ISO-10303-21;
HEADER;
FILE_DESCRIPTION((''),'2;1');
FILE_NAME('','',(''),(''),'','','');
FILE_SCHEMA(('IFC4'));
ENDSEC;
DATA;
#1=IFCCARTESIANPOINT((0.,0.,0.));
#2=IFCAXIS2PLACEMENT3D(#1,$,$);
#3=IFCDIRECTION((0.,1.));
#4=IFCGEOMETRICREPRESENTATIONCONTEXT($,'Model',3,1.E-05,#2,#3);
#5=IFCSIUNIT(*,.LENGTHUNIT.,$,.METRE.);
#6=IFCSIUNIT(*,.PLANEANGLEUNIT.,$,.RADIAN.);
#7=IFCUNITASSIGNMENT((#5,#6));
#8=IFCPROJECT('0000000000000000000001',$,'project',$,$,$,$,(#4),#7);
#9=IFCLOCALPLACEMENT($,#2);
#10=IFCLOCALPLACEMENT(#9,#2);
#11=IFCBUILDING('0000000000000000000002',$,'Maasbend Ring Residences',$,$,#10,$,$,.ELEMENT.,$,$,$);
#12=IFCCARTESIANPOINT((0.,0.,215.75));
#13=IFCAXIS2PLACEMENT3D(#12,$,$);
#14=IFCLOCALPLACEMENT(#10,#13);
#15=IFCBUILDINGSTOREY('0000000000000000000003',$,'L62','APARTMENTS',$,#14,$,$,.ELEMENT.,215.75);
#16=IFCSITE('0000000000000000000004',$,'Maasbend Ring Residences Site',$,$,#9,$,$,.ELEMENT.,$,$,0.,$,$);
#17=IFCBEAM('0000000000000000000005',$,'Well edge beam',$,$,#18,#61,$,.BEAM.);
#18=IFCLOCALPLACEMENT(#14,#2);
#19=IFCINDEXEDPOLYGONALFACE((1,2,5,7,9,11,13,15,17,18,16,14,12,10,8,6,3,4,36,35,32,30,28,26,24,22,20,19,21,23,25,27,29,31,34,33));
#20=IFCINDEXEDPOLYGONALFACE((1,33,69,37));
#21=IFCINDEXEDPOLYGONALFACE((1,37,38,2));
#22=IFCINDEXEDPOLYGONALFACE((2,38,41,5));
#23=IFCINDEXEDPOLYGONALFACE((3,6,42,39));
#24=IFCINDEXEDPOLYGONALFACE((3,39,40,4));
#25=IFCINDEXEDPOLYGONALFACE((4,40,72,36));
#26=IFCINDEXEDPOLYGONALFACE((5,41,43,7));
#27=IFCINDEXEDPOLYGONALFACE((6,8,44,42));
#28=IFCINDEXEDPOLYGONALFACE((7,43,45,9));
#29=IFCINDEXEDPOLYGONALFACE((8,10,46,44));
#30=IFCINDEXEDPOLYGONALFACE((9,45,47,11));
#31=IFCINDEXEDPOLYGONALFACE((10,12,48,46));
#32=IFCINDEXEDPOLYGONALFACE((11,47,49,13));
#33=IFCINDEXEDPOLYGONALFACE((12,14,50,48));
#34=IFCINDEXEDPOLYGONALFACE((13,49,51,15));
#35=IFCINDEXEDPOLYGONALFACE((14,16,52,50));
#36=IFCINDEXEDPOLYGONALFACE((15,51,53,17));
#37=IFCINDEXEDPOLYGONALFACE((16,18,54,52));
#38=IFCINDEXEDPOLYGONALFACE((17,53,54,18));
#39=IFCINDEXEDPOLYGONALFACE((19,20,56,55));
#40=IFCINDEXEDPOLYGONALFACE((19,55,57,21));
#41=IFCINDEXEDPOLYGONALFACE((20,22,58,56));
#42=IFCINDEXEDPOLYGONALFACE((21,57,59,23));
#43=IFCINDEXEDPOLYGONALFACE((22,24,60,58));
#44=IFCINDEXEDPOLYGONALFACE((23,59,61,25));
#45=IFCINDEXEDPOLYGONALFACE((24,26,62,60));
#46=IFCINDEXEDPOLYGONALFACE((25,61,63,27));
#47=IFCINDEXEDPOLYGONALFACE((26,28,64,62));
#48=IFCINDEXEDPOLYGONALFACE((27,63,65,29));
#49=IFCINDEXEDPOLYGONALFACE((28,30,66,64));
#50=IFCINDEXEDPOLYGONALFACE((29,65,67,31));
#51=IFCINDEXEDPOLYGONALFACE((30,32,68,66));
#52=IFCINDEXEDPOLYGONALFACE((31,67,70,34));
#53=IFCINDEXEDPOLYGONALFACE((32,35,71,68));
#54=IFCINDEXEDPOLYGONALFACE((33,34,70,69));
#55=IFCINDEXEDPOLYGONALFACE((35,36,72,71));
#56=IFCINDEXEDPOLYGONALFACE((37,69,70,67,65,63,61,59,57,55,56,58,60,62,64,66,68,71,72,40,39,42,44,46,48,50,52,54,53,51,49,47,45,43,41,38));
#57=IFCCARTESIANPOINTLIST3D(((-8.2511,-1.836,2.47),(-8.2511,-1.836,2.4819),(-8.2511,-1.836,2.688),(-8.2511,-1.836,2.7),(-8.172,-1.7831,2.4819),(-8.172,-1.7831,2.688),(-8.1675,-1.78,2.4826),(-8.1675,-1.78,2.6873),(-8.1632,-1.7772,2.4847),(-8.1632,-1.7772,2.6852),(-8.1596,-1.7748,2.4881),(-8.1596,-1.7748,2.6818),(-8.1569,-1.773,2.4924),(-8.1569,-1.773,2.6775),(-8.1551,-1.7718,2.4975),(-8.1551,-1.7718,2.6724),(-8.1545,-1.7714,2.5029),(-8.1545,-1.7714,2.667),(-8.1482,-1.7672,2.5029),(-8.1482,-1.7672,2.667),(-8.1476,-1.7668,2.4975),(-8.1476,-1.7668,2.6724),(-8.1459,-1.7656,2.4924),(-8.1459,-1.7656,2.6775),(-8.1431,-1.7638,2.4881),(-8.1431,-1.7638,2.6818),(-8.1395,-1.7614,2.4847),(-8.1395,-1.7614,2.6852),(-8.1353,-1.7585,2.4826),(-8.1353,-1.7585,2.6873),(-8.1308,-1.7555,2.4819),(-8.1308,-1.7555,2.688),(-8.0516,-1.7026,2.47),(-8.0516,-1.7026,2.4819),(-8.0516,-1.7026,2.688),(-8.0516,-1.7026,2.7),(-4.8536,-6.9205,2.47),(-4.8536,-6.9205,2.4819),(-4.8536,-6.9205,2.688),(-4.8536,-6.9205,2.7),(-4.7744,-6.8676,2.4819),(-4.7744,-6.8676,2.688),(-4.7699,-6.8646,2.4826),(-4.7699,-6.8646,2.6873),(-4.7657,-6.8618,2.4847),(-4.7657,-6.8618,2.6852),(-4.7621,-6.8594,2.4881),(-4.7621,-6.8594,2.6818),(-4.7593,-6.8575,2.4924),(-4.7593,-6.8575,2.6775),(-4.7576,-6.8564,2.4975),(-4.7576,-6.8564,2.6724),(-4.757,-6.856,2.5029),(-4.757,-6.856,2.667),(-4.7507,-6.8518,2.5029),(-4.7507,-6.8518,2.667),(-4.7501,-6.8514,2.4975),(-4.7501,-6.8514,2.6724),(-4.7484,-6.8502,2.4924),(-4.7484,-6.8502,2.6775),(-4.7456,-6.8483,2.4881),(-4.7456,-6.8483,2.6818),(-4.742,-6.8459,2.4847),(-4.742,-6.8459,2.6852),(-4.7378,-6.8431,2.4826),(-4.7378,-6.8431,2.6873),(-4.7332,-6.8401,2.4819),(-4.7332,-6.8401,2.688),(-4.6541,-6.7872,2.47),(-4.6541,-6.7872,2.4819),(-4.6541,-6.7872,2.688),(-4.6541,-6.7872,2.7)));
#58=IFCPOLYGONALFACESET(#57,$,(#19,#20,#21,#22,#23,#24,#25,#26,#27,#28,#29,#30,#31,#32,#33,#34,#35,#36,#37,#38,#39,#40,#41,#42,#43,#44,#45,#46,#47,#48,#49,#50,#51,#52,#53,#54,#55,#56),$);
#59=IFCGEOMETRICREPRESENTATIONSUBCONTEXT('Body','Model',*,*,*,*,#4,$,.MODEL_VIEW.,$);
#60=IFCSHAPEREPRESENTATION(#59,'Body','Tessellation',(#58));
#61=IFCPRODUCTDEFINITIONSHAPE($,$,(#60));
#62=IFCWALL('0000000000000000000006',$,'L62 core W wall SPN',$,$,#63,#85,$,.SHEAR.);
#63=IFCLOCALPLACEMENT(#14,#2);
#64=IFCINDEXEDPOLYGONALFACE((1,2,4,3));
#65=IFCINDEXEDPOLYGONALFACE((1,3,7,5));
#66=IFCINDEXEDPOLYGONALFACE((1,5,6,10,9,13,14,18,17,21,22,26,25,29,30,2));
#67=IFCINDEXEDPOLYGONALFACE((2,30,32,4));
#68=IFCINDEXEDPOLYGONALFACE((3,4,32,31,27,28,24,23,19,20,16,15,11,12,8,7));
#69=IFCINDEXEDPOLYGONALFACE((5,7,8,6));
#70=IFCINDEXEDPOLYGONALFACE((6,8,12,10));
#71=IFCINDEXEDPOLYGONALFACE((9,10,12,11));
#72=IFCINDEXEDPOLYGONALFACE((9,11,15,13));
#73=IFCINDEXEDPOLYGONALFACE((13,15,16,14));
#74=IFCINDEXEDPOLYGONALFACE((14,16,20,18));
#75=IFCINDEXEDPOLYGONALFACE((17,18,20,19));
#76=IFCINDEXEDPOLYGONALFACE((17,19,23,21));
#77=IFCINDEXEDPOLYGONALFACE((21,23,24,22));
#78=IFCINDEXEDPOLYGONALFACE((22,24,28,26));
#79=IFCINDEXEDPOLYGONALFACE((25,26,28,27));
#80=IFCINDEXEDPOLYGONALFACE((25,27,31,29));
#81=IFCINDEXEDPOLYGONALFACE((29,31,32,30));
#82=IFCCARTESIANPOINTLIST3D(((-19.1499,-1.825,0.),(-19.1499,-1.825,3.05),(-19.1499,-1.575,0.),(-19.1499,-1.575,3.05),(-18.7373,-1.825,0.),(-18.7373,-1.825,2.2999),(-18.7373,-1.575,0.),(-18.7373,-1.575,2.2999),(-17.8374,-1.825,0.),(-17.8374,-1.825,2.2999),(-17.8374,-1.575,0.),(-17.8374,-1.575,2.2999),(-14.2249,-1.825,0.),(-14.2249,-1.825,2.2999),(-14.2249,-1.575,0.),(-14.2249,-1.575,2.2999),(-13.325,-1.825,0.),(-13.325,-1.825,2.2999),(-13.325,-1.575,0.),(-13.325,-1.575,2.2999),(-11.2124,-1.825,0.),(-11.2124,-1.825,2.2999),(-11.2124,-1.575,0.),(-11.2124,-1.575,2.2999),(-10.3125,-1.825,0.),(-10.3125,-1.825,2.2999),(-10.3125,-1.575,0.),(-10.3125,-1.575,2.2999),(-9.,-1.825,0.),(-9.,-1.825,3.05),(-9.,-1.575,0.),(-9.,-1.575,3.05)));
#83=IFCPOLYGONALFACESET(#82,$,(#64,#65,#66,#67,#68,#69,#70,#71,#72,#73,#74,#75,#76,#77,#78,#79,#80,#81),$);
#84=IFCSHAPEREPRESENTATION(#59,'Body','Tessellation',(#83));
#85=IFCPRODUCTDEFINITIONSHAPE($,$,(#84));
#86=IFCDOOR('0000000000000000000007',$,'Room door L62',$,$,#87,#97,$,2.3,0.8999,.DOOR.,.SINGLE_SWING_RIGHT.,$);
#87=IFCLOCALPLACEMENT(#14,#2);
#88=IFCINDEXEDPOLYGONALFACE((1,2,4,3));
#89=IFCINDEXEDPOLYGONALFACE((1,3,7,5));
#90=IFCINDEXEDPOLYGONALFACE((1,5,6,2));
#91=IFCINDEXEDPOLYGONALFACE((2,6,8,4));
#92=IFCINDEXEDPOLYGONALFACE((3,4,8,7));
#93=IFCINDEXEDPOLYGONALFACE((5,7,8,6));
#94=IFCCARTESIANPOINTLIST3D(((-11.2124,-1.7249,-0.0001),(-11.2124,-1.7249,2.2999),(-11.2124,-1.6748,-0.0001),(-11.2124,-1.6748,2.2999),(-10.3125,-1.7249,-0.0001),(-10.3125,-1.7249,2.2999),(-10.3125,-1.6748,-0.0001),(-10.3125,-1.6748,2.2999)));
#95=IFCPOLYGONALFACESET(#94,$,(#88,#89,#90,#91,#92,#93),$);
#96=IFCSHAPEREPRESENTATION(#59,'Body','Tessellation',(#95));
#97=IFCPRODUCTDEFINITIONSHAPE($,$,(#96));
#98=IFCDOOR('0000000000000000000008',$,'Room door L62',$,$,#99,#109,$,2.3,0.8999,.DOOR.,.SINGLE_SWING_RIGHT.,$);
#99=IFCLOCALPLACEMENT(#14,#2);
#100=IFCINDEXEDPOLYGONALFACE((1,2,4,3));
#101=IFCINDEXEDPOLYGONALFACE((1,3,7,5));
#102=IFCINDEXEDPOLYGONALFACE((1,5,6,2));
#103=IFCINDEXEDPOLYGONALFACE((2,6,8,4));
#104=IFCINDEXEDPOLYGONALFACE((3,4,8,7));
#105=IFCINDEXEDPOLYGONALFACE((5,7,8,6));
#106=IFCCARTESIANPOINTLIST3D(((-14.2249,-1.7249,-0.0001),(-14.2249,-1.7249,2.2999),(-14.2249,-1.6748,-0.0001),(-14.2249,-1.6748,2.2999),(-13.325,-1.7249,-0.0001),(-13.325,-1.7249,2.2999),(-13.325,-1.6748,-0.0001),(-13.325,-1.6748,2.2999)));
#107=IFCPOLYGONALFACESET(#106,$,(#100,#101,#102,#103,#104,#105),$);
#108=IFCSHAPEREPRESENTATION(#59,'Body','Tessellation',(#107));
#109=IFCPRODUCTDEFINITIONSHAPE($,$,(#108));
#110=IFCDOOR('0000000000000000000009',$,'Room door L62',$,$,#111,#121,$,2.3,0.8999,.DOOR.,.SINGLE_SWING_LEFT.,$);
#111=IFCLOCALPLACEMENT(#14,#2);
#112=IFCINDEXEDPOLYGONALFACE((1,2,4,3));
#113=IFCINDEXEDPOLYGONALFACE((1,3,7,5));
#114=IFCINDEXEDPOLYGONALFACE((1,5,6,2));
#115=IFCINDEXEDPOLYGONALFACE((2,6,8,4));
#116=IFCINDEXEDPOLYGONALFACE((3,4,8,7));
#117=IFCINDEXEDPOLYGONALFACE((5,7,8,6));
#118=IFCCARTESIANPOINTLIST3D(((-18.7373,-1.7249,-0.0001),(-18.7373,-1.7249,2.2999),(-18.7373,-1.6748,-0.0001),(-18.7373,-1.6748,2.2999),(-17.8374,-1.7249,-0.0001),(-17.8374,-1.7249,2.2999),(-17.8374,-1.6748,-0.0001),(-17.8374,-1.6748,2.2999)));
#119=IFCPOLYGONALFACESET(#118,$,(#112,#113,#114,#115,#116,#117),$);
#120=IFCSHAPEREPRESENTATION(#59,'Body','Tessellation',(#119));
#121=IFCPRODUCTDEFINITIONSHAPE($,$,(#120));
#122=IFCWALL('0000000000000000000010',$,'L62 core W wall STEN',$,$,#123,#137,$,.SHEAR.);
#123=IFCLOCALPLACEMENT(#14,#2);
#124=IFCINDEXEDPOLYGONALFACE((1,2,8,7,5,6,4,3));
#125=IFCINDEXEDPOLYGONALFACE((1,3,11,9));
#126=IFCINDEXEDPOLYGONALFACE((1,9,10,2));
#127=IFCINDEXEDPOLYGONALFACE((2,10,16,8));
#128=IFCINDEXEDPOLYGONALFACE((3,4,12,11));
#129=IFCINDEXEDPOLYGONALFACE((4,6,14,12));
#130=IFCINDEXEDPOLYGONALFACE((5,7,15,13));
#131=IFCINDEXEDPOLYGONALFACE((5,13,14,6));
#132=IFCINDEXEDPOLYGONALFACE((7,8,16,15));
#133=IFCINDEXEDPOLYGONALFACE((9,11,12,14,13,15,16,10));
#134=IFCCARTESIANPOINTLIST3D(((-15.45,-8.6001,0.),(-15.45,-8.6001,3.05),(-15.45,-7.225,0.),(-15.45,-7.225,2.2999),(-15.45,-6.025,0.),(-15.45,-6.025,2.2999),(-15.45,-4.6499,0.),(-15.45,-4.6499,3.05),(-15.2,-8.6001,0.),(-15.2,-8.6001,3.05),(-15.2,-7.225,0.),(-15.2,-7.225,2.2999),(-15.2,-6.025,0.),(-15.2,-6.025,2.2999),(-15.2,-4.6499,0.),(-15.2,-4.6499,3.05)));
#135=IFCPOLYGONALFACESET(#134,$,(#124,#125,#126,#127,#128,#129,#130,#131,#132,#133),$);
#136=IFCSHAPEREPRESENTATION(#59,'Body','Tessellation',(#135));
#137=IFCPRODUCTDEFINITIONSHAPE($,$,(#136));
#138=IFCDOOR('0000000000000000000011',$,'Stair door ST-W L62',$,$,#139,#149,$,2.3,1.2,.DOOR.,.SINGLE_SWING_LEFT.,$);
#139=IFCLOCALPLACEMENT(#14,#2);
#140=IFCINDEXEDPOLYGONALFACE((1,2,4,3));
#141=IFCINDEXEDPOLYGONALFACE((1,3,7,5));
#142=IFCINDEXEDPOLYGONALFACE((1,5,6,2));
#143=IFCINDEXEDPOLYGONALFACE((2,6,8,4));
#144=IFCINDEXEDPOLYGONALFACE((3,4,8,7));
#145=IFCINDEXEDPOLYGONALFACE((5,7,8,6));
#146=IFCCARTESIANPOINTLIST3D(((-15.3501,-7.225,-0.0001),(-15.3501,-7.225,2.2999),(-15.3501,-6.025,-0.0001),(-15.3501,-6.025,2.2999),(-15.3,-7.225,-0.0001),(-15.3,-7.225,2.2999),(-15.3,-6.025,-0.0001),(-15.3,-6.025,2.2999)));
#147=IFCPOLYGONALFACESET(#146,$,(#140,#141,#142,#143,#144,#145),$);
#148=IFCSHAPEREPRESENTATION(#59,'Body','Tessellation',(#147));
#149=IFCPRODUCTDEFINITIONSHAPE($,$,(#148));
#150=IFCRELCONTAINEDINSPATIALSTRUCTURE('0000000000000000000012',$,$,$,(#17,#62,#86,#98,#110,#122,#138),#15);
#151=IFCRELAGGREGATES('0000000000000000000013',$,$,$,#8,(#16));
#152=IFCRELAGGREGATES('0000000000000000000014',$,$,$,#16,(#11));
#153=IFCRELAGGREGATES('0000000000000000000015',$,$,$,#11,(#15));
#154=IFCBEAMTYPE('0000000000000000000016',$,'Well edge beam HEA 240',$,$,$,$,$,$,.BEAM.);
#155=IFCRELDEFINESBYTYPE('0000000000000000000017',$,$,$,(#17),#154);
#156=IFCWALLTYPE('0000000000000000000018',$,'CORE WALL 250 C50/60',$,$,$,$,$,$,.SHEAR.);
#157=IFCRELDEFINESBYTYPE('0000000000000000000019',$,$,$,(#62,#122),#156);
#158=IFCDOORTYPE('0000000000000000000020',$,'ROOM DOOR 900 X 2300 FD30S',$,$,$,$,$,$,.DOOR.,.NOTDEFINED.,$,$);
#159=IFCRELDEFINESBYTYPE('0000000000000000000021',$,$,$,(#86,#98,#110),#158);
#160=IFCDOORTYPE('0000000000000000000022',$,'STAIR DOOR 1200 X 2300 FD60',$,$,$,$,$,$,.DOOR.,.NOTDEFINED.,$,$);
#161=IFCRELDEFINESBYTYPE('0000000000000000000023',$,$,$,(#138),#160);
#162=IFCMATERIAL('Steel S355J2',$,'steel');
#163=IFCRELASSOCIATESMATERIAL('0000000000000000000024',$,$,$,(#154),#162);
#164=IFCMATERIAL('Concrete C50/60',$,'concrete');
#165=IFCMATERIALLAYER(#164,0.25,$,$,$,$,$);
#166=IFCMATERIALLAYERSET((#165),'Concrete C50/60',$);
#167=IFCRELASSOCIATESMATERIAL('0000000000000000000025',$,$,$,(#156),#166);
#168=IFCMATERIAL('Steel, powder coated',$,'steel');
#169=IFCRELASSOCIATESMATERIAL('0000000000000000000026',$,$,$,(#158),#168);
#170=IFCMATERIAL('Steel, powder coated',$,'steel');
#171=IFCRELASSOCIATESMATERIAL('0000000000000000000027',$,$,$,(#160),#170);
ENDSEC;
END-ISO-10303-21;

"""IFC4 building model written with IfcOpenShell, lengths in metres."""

from ifc_helpers import new_model, si_unit, direction, frame, frame_2d, origin, origin_2d, place, context, subcontext, project, spatial, rectangle, i_section, extrude, material, layer, layer_set, material_profile, profile_set, type_object, element, fill, save


model = new_model("IFC4")

# Units and contexts
model_context = context("Model", 3, precision=1e-05, world=origin(), true_north=direction((0.0, 1.0)))
body_context = subcontext(model_context, "Body", "Model", "MODEL_VIEW")
ifc_project = project(units=[si_unit("LENGTHUNIT", "METRE"), si_unit("PLANEANGLEUNIT", "RADIAN")], contexts=[model_context])

# Site, building, storey
site_placement = place(None, origin())
site = spatial("IfcSite", under=ifc_project, at=site_placement, Name="Maasbend Ring Residences Site", CompositionType="ELEMENT", RefElevation=0.0)
building_placement = place(site_placement, origin())
building = spatial("IfcBuilding", under=site, at=building_placement, Name="Maasbend Ring Residences", CompositionType="ELEMENT")
storey_placement = place(building_placement, frame((0.0, 0.0, 215.75)))
storey = spatial("IfcBuildingStorey", under=building, at=storey_placement, Name="L62", Description="APARTMENTS", CompositionType="ELEMENT", Elevation=215.75)

# Beam
ifc_material_1 = material(Name="Steel S355J2", Category="steel")
ifc_material_profile_1 = material_profile(ifc_material_1, i_section(OverallWidth=0.24, OverallDepth=0.23, WebThickness=0.0076, FlangeThickness=0.012, FilletRadius=0.021, at=origin_2d()), Name="HEA 240")
ifc_profile_set_1 = profile_set([ifc_material_profile_1], Name="Steel S355J2")
beam_type_1 = type_object("IfcBeamType", Name="Well edge beam HEA 240", PredefinedType="BEAM", material=ifc_profile_set_1)
beam_1_placement = place(storey_placement, frame((-8.1514, -1.7693, 2.585), z_axis=(0.555584, -0.83146, 0.0), x_axis=(0.83146, 0.555584, 0.0)))
element("IfcBeam", 1, at=beam_1_placement, inside=storey, type_object=beam_type_1, Name="Well edge beam", PredefinedType="BEAM", context=body_context, shape_type="SweptSolid", body=[
    extrude(i_section(OverallWidth=0.24, OverallDepth=0.23, WebThickness=0.0076, FlangeThickness=0.012, FilletRadius=0.021, at=origin_2d()), origin(), (0.0, 0.0, 1.0), 6.1152),
])

# Wall, openings, doors
ifc_material_2 = material(Name="Concrete C50/60", Category="concrete")
ifc_layer_1 = layer(ifc_material_2, 0.25)
ifc_layer_set_1 = layer_set([ifc_layer_1], Name="Concrete C50/60")
wall_type_1 = type_object("IfcWallType", Name="CORE WALL 250 C50/60", PredefinedType="SHEAR", material=ifc_layer_set_1)
wall_1_placement = place(storey_placement, frame((-9.0, -1.7, 0.0), z_axis=(0.0, 0.0, 1.0), x_axis=(-1.0, 0.0, 0.0)))
wall_1 = element("IfcWall", 2, at=wall_1_placement, inside=storey, type_object=wall_type_1, Name="L62 core W wall SPN", PredefinedType="SHEAR", context=body_context, shape_type="SweptSolid", body=[
    extrude(rectangle(XDim=10.1499, YDim=0.25, at=frame_2d((5.075, 0.0))), origin(), (0.0, 0.0, 1.0), 3.05),
])
opening_1_placement = place(wall_1_placement, frame((1.3125, 0.0, 0.0)))
opening_1 = element("IfcOpeningElement", 3, at=opening_1_placement, cuts=wall_1, PredefinedType="OPENING", context=body_context, shape_type="SweptSolid", body=[
    extrude(rectangle(XDim=0.8999, YDim=2.3, at=frame_2d((0.45, 1.1499))), frame((0.0, 0.135, 0.0), z_axis=(0.0, -1.0, 0.0), x_axis=(1.0, 0.0, 0.0)), (0.0, 0.0, 1.0), 0.27),
])
opening_2_placement = place(wall_1_placement, frame((4.325, 0.0, 0.0)))
opening_2 = element("IfcOpeningElement", 4, at=opening_2_placement, cuts=wall_1, PredefinedType="OPENING", context=body_context, shape_type="SweptSolid", body=[
    extrude(rectangle(XDim=0.8999, YDim=2.3, at=frame_2d((0.45, 1.1499))), frame((0.0, 0.135, 0.0), z_axis=(0.0, -1.0, 0.0), x_axis=(1.0, 0.0, 0.0)), (0.0, 0.0, 1.0), 0.27),
])
opening_3_placement = place(wall_1_placement, frame((8.8374, 0.0, 0.0)))
opening_3 = element("IfcOpeningElement", 5, at=opening_3_placement, cuts=wall_1, PredefinedType="OPENING", context=body_context, shape_type="SweptSolid", body=[
    extrude(rectangle(XDim=0.8999, YDim=2.3, at=frame_2d((0.45, 1.1499))), frame((0.0, 0.135, 0.0), z_axis=(0.0, -1.0, 0.0), x_axis=(1.0, 0.0, 0.0)), (0.0, 0.0, 1.0), 0.27),
])
ifc_material_3 = material(Name="Steel, powder coated", Category="steel")
door_type_1 = type_object("IfcDoorType", Name="ROOM DOOR 900 X 2300 FD30S", OperationType="NOTDEFINED", PredefinedType="DOOR", material=ifc_material_3)
door_1_placement = place(opening_1_placement, origin())
door_1 = element("IfcDoor", 6, at=door_1_placement, inside=storey, type_object=door_type_1, Name="Room door L62", OperationType="SINGLE_SWING_RIGHT", OverallHeight=2.3, OverallWidth=0.8999, PredefinedType="DOOR", context=body_context, shape_type="SweptSolid", body=[
    extrude(rectangle(XDim=0.8999, YDim=2.3, at=frame_2d((0.45, 1.1499))), frame((0.0, 0.0249, 0.0), z_axis=(0.0, -1.0, 0.0), x_axis=(1.0, 0.0, 0.0)), (0.0, 0.0, 1.0), 0.05),
])
fill(opening_1, door_1)
door_2_placement = place(opening_2_placement, origin())
door_2 = element("IfcDoor", 7, at=door_2_placement, inside=storey, type_object=door_type_1, Name="Room door L62", OperationType="SINGLE_SWING_RIGHT", OverallHeight=2.3, OverallWidth=0.8999, PredefinedType="DOOR", context=body_context, shape_type="SweptSolid", body=[
    extrude(rectangle(XDim=0.8999, YDim=2.3, at=frame_2d((0.45, 1.1499))), frame((0.0, 0.0249, 0.0), z_axis=(0.0, -1.0, 0.0), x_axis=(1.0, 0.0, 0.0)), (0.0, 0.0, 1.0), 0.05),
])
fill(opening_2, door_2)
door_3_placement = place(opening_3_placement, origin())
door_3 = element("IfcDoor", 8, at=door_3_placement, inside=storey, type_object=door_type_1, Name="Room door L62", OperationType="SINGLE_SWING_LEFT", OverallHeight=2.3, OverallWidth=0.8999, PredefinedType="DOOR", context=body_context, shape_type="SweptSolid", body=[
    extrude(rectangle(XDim=0.8999, YDim=2.3, at=frame_2d((0.45, 1.1499))), frame((0.0, 0.0249, 0.0), z_axis=(0.0, -1.0, 0.0), x_axis=(1.0, 0.0, 0.0)), (0.0, 0.0, 1.0), 0.05),
])
fill(opening_3, door_3)

# Wall, opening, door
wall_2_placement = place(storey_placement, frame((-15.325, -4.6499, 0.0), z_axis=(0.0, 0.0, 1.0), x_axis=(0.0, -1.0, 0.0)))
wall_2 = element("IfcWall", 9, at=wall_2_placement, inside=storey, type_object=wall_type_1, Name="L62 core W wall STEN", PredefinedType="SHEAR", context=body_context, shape_type="SweptSolid", body=[
    extrude(rectangle(XDim=3.9502, YDim=0.25, at=frame_2d((1.9751, 0.0))), origin(), (0.0, 0.0, 1.0), 3.05),
])
opening_4_placement = place(wall_2_placement, frame((1.375, 0.0, 0.0)))
opening_4 = element("IfcOpeningElement", 10, at=opening_4_placement, cuts=wall_2, PredefinedType="OPENING", context=body_context, shape_type="SweptSolid", body=[
    extrude(rectangle(XDim=1.2, YDim=2.3, at=frame_2d((0.6001, 1.1499))), frame((0.0, 0.135, 0.0), z_axis=(0.0, -1.0, 0.0), x_axis=(1.0, 0.0, 0.0)), (0.0, 0.0, 1.0), 0.27),
])
ifc_material_4 = material(Name="Steel, powder coated", Category="steel")
door_type_2 = type_object("IfcDoorType", Name="STAIR DOOR 1200 X 2300 FD60", OperationType="NOTDEFINED", PredefinedType="DOOR", material=ifc_material_4)
door_4_placement = place(opening_4_placement, origin())
door_4 = element("IfcDoor", 11, at=door_4_placement, inside=storey, type_object=door_type_2, Name="Stair door ST-W L62", OperationType="SINGLE_SWING_LEFT", OverallHeight=2.3, OverallWidth=1.2, PredefinedType="DOOR", context=body_context, shape_type="SweptSolid", body=[
    extrude(rectangle(XDim=1.2, YDim=2.3, at=frame_2d((0.6001, 1.1499))), frame((0.0, 0.0249, 0.0), z_axis=(0.0, -1.0, 0.0), x_axis=(1.0, 0.0, 0.0)), (0.0, 0.0, 1.0), 0.05),
])
fill(opening_4, door_4)

save(model, "model.ifc")
